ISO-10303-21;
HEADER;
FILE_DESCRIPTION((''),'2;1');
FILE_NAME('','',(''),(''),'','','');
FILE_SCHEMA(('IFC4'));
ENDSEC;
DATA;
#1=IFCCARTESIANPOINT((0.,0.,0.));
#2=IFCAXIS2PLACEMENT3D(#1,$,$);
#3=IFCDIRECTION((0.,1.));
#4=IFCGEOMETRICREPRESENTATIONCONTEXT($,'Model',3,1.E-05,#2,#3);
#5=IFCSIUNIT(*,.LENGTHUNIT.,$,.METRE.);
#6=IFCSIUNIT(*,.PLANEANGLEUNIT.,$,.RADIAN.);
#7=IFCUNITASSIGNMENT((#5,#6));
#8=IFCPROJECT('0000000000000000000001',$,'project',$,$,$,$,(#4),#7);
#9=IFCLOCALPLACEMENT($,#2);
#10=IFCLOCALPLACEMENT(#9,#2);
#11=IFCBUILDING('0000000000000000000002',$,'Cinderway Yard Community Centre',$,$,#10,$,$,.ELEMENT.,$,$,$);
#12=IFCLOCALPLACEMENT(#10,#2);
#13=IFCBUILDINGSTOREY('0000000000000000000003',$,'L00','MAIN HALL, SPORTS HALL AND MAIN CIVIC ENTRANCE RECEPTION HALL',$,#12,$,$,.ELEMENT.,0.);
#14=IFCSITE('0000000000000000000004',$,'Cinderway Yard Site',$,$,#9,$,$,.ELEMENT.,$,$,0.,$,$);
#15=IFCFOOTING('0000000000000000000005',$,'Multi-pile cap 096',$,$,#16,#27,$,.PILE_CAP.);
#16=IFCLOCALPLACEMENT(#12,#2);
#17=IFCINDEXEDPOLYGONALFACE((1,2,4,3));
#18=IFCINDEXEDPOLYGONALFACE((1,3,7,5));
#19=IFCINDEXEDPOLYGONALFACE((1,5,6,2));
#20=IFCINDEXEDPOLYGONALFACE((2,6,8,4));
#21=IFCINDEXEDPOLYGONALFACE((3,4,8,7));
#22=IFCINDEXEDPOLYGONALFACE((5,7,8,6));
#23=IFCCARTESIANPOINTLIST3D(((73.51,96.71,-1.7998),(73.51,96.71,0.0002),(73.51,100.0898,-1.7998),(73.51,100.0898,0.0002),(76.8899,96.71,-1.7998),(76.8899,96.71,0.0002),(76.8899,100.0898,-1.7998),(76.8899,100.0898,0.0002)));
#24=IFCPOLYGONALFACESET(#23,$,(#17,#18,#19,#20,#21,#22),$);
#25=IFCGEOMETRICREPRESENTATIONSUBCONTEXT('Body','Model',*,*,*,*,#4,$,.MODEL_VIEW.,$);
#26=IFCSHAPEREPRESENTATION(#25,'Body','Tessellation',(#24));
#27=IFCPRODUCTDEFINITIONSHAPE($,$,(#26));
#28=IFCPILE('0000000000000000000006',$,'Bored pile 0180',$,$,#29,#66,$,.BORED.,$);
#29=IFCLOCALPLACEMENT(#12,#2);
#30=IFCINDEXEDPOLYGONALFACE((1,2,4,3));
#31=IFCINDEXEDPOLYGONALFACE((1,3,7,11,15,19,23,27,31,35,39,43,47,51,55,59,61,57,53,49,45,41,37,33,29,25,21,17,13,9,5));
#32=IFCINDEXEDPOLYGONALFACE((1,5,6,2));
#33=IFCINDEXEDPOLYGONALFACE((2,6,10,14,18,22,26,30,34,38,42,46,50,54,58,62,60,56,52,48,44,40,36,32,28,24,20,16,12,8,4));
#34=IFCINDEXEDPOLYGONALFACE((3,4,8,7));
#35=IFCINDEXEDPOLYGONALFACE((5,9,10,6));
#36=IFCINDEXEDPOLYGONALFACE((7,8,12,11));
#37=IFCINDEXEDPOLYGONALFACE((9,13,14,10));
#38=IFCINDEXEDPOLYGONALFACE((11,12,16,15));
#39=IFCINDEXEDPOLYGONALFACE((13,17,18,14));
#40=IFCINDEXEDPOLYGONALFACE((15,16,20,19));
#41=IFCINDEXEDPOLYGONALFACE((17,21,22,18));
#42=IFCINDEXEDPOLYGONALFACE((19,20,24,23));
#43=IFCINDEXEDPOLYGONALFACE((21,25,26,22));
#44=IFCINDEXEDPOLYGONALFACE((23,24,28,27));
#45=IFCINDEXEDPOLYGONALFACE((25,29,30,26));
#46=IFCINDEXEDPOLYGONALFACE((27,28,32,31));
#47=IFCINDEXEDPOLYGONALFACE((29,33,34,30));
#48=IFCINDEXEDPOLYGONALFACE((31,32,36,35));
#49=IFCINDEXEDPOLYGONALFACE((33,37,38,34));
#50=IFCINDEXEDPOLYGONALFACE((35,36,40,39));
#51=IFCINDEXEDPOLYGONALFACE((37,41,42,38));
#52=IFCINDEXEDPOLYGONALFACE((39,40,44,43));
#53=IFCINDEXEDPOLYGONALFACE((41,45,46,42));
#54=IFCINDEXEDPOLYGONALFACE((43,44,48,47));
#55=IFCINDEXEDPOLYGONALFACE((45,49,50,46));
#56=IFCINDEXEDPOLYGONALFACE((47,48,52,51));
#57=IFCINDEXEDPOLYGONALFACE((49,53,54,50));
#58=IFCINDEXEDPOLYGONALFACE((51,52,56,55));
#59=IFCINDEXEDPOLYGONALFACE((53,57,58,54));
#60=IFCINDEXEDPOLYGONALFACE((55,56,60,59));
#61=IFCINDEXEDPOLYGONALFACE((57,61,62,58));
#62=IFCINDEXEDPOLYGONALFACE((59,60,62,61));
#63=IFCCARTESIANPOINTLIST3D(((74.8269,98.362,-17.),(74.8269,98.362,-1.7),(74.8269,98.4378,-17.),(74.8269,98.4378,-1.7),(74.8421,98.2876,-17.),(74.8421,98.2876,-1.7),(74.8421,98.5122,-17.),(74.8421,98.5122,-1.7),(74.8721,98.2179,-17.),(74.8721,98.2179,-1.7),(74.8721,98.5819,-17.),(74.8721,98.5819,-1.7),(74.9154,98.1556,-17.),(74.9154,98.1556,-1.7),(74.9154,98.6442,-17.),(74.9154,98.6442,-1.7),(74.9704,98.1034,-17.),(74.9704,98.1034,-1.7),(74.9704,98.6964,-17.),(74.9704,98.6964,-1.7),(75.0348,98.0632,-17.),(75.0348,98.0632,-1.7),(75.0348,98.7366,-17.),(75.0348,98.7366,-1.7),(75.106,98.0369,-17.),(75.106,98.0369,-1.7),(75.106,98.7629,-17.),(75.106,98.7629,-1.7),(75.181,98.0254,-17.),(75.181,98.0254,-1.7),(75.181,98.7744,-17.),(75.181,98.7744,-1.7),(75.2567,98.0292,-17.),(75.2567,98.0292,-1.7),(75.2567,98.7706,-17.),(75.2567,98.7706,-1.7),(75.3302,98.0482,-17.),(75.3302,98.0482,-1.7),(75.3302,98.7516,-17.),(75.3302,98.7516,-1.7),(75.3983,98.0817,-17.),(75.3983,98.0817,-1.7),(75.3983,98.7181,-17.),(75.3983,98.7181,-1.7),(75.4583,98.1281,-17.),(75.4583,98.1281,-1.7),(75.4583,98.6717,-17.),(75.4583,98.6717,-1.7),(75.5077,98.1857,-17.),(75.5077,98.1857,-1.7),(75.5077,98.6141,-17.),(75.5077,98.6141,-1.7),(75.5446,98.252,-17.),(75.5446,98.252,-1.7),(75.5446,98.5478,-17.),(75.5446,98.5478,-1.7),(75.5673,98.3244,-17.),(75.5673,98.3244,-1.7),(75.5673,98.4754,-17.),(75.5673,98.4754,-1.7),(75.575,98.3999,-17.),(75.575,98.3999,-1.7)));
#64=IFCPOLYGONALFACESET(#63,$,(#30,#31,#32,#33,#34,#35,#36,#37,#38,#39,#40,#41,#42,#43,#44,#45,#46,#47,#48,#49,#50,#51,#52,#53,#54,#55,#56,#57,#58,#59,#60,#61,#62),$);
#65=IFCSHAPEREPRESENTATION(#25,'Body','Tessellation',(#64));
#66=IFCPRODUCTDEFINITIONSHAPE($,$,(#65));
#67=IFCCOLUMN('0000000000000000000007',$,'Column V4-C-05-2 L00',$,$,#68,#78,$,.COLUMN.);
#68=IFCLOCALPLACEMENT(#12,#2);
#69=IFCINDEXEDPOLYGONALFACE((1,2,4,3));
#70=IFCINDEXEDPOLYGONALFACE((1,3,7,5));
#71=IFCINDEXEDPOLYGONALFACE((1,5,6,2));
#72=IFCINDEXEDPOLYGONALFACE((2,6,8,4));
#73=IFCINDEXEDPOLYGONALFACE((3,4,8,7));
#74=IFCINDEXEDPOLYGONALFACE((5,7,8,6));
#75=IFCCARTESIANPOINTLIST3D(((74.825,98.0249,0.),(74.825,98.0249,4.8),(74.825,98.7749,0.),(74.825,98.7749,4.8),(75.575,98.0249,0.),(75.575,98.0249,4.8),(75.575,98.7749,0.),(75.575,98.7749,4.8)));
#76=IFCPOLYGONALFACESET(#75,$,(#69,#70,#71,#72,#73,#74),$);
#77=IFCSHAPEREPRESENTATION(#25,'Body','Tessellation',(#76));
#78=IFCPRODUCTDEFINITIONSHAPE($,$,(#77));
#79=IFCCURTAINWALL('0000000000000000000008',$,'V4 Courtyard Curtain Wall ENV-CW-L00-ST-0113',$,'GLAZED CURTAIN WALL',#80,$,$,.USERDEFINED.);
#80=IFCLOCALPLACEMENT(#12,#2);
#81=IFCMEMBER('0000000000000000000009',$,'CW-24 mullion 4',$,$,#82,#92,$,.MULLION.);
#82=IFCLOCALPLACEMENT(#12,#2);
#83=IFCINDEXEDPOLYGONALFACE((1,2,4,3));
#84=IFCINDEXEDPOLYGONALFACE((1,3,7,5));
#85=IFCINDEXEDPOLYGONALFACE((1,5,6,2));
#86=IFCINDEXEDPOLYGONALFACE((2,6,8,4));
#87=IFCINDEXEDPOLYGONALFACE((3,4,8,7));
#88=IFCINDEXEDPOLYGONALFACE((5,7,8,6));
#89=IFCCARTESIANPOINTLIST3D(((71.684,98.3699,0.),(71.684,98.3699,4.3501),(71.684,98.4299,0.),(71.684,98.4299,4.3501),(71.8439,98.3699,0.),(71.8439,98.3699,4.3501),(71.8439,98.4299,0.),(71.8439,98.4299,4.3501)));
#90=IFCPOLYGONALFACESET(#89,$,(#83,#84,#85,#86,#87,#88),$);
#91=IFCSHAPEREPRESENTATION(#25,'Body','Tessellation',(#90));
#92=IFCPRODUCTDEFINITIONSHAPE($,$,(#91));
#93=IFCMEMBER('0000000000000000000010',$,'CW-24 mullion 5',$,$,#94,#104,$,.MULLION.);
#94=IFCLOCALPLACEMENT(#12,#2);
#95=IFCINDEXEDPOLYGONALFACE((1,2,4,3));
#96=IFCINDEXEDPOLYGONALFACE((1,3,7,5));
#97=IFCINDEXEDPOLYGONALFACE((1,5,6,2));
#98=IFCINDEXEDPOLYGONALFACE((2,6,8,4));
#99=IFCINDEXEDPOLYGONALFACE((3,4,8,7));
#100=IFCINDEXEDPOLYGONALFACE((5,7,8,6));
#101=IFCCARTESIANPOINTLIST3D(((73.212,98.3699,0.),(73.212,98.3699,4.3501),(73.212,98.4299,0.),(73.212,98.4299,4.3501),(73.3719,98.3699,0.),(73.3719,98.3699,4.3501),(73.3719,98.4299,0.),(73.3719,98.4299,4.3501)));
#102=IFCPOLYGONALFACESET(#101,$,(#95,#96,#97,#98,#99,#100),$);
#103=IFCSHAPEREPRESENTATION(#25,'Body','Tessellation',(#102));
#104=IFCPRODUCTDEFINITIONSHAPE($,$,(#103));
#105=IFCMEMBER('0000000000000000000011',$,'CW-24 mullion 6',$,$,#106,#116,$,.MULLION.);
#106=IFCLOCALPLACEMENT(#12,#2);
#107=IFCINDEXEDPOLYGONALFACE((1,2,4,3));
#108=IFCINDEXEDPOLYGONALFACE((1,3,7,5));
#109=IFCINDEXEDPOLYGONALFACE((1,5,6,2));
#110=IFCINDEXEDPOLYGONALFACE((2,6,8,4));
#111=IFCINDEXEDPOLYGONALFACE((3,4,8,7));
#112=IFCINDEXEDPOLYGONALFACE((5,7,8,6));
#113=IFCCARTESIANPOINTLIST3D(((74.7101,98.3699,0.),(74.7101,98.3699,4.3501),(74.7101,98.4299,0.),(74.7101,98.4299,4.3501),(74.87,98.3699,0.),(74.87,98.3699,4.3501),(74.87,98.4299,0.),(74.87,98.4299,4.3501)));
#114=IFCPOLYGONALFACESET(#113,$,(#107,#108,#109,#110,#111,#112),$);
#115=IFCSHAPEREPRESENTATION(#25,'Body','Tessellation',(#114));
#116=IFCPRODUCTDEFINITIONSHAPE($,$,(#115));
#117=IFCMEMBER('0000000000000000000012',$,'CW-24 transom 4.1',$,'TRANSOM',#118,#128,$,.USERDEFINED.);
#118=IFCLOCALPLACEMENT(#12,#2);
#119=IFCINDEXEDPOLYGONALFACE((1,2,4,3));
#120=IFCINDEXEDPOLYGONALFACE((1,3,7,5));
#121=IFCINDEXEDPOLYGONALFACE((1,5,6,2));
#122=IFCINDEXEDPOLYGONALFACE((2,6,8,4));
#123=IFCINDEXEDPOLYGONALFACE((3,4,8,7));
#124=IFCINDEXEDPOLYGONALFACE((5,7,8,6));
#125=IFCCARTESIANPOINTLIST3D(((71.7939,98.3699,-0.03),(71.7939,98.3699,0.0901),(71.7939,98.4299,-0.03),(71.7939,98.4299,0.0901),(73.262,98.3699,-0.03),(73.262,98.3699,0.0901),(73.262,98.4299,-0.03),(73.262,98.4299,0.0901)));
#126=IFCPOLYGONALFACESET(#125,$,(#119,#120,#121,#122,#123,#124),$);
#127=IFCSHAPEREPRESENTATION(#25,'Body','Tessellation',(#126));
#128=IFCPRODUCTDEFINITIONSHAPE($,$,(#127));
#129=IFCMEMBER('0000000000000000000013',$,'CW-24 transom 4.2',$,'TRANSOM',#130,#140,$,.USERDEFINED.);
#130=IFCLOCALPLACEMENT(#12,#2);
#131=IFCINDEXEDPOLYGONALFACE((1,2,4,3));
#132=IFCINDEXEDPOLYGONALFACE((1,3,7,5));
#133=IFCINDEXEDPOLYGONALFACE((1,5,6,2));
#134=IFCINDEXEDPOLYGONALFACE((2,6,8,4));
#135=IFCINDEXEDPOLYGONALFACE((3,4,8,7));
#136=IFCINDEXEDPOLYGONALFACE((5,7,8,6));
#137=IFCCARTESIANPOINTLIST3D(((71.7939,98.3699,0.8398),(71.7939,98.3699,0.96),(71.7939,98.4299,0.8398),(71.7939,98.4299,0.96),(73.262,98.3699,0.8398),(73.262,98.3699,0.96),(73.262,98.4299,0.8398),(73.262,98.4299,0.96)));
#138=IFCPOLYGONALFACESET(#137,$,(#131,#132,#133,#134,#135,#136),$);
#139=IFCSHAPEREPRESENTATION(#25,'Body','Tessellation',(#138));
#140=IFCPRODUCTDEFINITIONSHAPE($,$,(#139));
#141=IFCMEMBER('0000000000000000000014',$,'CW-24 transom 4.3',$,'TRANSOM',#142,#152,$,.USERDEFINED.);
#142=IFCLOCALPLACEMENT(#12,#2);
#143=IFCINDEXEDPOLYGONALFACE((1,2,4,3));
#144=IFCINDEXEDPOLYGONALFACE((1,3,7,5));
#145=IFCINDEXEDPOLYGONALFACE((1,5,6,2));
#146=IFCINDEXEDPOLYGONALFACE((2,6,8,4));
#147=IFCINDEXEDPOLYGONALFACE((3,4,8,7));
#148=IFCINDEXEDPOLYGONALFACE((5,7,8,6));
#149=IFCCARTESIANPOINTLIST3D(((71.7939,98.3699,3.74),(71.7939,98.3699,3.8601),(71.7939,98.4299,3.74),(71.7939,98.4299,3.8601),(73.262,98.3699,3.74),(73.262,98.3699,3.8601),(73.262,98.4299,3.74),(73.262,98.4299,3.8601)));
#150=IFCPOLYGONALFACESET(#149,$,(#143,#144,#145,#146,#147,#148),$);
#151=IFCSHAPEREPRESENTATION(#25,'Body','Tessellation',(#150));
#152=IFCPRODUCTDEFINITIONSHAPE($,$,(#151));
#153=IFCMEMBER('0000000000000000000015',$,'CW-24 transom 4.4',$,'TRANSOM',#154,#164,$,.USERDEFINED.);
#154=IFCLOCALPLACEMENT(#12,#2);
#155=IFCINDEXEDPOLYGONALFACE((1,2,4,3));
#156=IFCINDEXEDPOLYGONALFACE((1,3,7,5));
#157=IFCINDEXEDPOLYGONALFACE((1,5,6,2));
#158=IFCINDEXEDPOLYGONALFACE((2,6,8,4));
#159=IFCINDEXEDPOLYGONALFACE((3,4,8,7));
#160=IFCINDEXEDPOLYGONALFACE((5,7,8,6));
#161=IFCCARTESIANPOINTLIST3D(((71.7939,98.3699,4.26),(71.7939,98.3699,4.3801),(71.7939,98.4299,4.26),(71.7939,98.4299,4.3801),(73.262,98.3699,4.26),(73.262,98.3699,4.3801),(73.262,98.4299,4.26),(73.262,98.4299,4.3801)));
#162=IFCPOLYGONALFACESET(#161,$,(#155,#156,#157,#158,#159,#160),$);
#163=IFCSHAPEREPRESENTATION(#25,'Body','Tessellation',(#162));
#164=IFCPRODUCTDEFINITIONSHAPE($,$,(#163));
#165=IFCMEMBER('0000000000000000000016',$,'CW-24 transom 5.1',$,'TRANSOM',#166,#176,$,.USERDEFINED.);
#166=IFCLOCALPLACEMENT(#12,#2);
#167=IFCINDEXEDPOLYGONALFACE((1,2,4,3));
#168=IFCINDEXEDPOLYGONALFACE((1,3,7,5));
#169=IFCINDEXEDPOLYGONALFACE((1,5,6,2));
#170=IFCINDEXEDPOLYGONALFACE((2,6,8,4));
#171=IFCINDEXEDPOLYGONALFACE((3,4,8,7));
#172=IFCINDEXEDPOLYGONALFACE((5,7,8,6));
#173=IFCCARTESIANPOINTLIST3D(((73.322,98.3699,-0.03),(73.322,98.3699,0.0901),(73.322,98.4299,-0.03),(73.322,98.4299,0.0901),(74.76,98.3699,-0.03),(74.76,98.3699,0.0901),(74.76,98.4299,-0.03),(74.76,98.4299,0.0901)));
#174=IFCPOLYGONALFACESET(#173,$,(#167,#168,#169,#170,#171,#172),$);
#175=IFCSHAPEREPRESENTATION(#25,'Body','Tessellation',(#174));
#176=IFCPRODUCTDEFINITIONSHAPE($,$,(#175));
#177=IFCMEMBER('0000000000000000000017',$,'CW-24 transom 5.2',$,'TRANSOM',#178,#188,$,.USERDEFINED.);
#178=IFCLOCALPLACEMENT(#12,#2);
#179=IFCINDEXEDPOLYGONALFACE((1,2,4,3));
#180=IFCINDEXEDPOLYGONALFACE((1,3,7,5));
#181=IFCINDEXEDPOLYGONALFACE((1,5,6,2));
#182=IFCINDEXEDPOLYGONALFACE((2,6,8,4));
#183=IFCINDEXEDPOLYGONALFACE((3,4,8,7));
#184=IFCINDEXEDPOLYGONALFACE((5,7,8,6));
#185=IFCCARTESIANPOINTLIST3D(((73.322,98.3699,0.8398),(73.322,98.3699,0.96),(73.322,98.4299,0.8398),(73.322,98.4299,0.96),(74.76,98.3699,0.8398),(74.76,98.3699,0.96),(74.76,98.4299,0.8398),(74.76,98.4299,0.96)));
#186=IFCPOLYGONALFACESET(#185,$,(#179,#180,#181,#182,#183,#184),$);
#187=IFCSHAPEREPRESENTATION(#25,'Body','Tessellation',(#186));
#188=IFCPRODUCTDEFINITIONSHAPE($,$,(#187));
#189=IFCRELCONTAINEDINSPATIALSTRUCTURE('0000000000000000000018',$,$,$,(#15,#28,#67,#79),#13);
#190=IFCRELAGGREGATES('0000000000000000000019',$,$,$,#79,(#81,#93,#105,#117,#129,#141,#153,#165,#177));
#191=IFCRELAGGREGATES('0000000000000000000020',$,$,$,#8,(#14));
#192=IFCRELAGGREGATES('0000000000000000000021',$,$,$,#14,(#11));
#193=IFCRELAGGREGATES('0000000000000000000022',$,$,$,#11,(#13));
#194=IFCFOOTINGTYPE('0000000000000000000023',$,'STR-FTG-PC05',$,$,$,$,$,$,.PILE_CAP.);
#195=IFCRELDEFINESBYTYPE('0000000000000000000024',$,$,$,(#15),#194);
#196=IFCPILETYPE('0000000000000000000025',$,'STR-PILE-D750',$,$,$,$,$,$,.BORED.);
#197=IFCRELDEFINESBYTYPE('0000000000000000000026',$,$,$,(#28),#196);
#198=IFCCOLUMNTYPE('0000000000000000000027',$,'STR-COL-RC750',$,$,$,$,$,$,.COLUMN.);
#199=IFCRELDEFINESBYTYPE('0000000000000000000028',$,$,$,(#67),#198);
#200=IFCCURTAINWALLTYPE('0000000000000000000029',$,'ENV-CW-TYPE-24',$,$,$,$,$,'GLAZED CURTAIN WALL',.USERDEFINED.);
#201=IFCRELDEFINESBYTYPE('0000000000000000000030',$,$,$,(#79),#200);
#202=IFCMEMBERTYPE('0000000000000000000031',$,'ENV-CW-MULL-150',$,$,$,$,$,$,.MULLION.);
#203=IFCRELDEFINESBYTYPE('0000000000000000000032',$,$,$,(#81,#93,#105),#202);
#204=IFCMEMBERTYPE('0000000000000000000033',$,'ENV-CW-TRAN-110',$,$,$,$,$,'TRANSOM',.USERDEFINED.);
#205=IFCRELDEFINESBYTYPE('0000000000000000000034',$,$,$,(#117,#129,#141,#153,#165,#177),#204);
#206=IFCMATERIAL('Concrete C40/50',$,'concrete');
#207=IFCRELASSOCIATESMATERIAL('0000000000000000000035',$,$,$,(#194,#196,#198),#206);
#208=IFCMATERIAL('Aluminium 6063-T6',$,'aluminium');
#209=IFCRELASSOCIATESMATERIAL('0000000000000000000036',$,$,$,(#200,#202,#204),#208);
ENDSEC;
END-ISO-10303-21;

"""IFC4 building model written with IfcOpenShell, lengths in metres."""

from ifc_helpers import new_model, si_unit, direction, frame, origin, origin_2d, place, context, subcontext, project, spatial, rectangle, circle, extrude, material, material_profile, profile_set, type_object, element, aggregate, save


model = new_model("IFC4")

# Units and contexts
model_context = context("Model", 3, precision=1e-05, world=origin(), true_north=direction((0.0, 1.0)))
body_context = subcontext(model_context, "Body", "Model", "MODEL_VIEW")
ifc_project = project(units=[si_unit("LENGTHUNIT", "METRE"), si_unit("PLANEANGLEUNIT", "RADIAN")], contexts=[model_context])

# Site, building, storey
site_placement = place(None, origin())
site = spatial("IfcSite", under=ifc_project, at=site_placement, Name="Cinderway Yard Site", CompositionType="ELEMENT", RefElevation=0.0)
building_placement = place(site_placement, origin())
building = spatial("IfcBuilding", under=site, at=building_placement, Name="Cinderway Yard Community Centre", CompositionType="ELEMENT")
storey_placement = place(building_placement, origin())
storey = spatial("IfcBuildingStorey", under=building, at=storey_placement, Name="L00", Description="MAIN HALL, SPORTS HALL AND MAIN CIVIC ENTRANCE RECEPTION HALL", CompositionType="ELEMENT", Elevation=0.0)

# Footing
ifc_material_1 = material(Name="Concrete C40/50", Category="concrete")
footing_type = type_object("IfcFootingType", Name="STR-FTG-PC05", PredefinedType="PILE_CAP", material=ifc_material_1)
footing_placement = place(storey_placement, frame((75.2, 98.3999, -1.7998), z_axis=(0.0, 0.0, 1.0), x_axis=(1.0, 0.0, 0.0)))
element("IfcFooting", 1, at=footing_placement, inside=storey, type_object=footing_type, Name="Multi-pile cap 096", PredefinedType="PILE_CAP", context=body_context, shape_type="SweptSolid", body=[
    extrude(rectangle(XDim=3.3799, YDim=3.3799, at=origin_2d()), origin(), (0.0, 0.0, 1.0), 1.8),
])

# Pile
ifc_material_profile_1 = material_profile(ifc_material_1, circle(Radius=0.375, at=origin_2d()), Name="Concrete C40/50")
ifc_profile_set_1 = profile_set([ifc_material_profile_1], Name="Concrete C40/50")
pile_type = type_object("IfcPileType", Name="STR-PILE-D750", PredefinedType="BORED", material=ifc_profile_set_1)
pile_placement = place(storey_placement, frame((75.2, 98.3999, -1.7), z_axis=(0.0, 0.0, -1.0), x_axis=(1.0, 0.0, 0.0)))
element("IfcPile", 2, at=pile_placement, inside=storey, type_object=pile_type, Name="Bored pile 0180", PredefinedType="BORED", context=body_context, shape_type="SweptSolid", body=[
    extrude(circle(Radius=0.375, at=origin_2d()), origin(), (0.0, 0.0, 1.0), 15.3),
])

# Column
ifc_material_profile_2 = material_profile(ifc_material_1, rectangle(XDim=0.75, YDim=0.75, at=origin_2d()), Name="Concrete C40/50")
ifc_profile_set_2 = profile_set([ifc_material_profile_2], Name="Concrete C40/50")
column_type = type_object("IfcColumnType", Name="STR-COL-RC750", PredefinedType="COLUMN", material=ifc_profile_set_2)
column_placement = place(storey_placement, frame((75.2, 98.3999, 0.0), z_axis=(0.0, 0.0, 1.0), x_axis=(1.0, 0.0, 0.0)))
element("IfcColumn", 3, at=column_placement, inside=storey, type_object=column_type, Name="Column V4-C-05-2 L00", PredefinedType="COLUMN", context=body_context, shape_type="SweptSolid", body=[
    extrude(rectangle(XDim=0.75, YDim=0.75, at=origin_2d()), origin(), (0.0, 0.0, 1.0), 4.8),
])

# Curtain wall, members
ifc_material_2 = material(Name="Aluminium 6063-T6", Category="aluminium")
curtain_wall_type = type_object("IfcCurtainWallType", Name="ENV-CW-TYPE-24", ElementType="GLAZED CURTAIN WALL", PredefinedType="USERDEFINED", material=ifc_material_2)
curtain_wall_placement = place(storey_placement, origin())
curtain_wall = element("IfcCurtainWall", 4, at=curtain_wall_placement, inside=storey, type_object=curtain_wall_type, Name="V4 Courtyard Curtain Wall ENV-CW-L00-ST-0113", ObjectType="GLAZED CURTAIN WALL", PredefinedType="USERDEFINED")
ifc_material_profile_3 = material_profile(ifc_material_2, rectangle(XDim=0.0601, YDim=0.1599, at=origin_2d()), Name="Aluminium 6063-T6")
ifc_profile_set_3 = profile_set([ifc_material_profile_3], Name="Aluminium 6063-T6")
member_type_1 = type_object("IfcMemberType", Name="ENV-CW-MULL-150", PredefinedType="MULLION", material=ifc_profile_set_3)
member_1_placement = place(storey_placement, frame((71.7639, 98.3999, 0.0), z_axis=(0.0, 0.0, 1.0), x_axis=(0.0, 1.0, 0.0)))
member_1 = element("IfcMember", 5, at=member_1_placement, type_object=member_type_1, Name="CW-24 mullion 4", PredefinedType="MULLION", context=body_context, shape_type="SweptSolid", body=[
    extrude(rectangle(XDim=0.0601, YDim=0.1599, at=origin_2d()), origin(), (0.0, 0.0, 1.0), 4.3501),
])
member_2_placement = place(storey_placement, frame((73.292, 98.3999, 0.0), z_axis=(0.0, 0.0, 1.0), x_axis=(0.0, 1.0, 0.0)))
member_2 = element("IfcMember", 6, at=member_2_placement, type_object=member_type_1, Name="CW-24 mullion 5", PredefinedType="MULLION", context=body_context, shape_type="SweptSolid", body=[
    extrude(rectangle(XDim=0.0601, YDim=0.1599, at=origin_2d()), origin(), (0.0, 0.0, 1.0), 4.3501),
])
member_3_placement = place(storey_placement, frame((74.79, 98.3999, 0.0), z_axis=(0.0, 0.0, 1.0), x_axis=(0.0, 1.0, 0.0)))
member_3 = element("IfcMember", 7, at=member_3_placement, type_object=member_type_1, Name="CW-24 mullion 6", PredefinedType="MULLION", context=body_context, shape_type="SweptSolid", body=[
    extrude(rectangle(XDim=0.0601, YDim=0.1599, at=origin_2d()), origin(), (0.0, 0.0, 1.0), 4.3501),
])
ifc_material_profile_4 = material_profile(ifc_material_2, rectangle(XDim=0.0601, YDim=0.1201, at=origin_2d()), Name="Aluminium 6063-T6")
ifc_profile_set_4 = profile_set([ifc_material_profile_4], Name="Aluminium 6063-T6")
member_type_2 = type_object("IfcMemberType", Name="ENV-CW-TRAN-110", ElementType="TRANSOM", PredefinedType="USERDEFINED", material=ifc_profile_set_4)
member_4_placement = place(storey_placement, frame((71.7939, 98.3999, 0.03), z_axis=(1.0, 0.0, 0.0), x_axis=(0.0, 1.0, 0.0)))
member_4 = element("IfcMember", 8, at=member_4_placement, type_object=member_type_2, Name="CW-24 transom 4.1", ObjectType="TRANSOM", PredefinedType="USERDEFINED", context=body_context, shape_type="SweptSolid", body=[
    extrude(rectangle(XDim=0.0601, YDim=0.1201, at=origin_2d()), origin(), (0.0, 0.0, 1.0), 1.468),
])
member_5_placement = place(storey_placement, frame((71.7939, 98.3999, 0.8999), z_axis=(1.0, 0.0, 0.0), x_axis=(0.0, 1.0, 0.0)))
member_5 = element("IfcMember", 9, at=member_5_placement, type_object=member_type_2, Name="CW-24 transom 4.2", ObjectType="TRANSOM", PredefinedType="USERDEFINED", context=body_context, shape_type="SweptSolid", body=[
    extrude(rectangle(XDim=0.0601, YDim=0.1201, at=origin_2d()), origin(), (0.0, 0.0, 1.0), 1.468),
])
member_6_placement = place(storey_placement, frame((71.7939, 98.3999, 3.8), z_axis=(1.0, 0.0, 0.0), x_axis=(0.0, 1.0, 0.0)))
member_6 = element("IfcMember", 10, at=member_6_placement, type_object=member_type_2, Name="CW-24 transom 4.3", ObjectType="TRANSOM", PredefinedType="USERDEFINED", context=body_context, shape_type="SweptSolid", body=[
    extrude(rectangle(XDim=0.0601, YDim=0.1201, at=origin_2d()), origin(), (0.0, 0.0, 1.0), 1.468),
])
member_7_placement = place(storey_placement, frame((71.7939, 98.3999, 4.3201), z_axis=(1.0, 0.0, 0.0), x_axis=(0.0, 1.0, 0.0)))
member_7 = element("IfcMember", 11, at=member_7_placement, type_object=member_type_2, Name="CW-24 transom 4.4", ObjectType="TRANSOM", PredefinedType="USERDEFINED", context=body_context, shape_type="SweptSolid", body=[
    extrude(rectangle(XDim=0.0601, YDim=0.1201, at=origin_2d()), origin(), (0.0, 0.0, 1.0), 1.468),
])
member_8_placement = place(storey_placement, frame((73.322, 98.3999, 0.03), z_axis=(1.0, 0.0, 0.0), x_axis=(0.0, 1.0, 0.0)))
member_8 = element("IfcMember", 12, at=member_8_placement, type_object=member_type_2, Name="CW-24 transom 5.1", ObjectType="TRANSOM", PredefinedType="USERDEFINED", context=body_context, shape_type="SweptSolid", body=[
    extrude(rectangle(XDim=0.0601, YDim=0.1201, at=origin_2d()), origin(), (0.0, 0.0, 1.0), 1.438),
])
member_9_placement = place(storey_placement, frame((73.322, 98.3999, 0.8999), z_axis=(1.0, 0.0, 0.0), x_axis=(0.0, 1.0, 0.0)))
member_9 = element("IfcMember", 13, at=member_9_placement, type_object=member_type_2, Name="CW-24 transom 5.2", ObjectType="TRANSOM", PredefinedType="USERDEFINED", context=body_context, shape_type="SweptSolid", body=[
    extrude(rectangle(XDim=0.0601, YDim=0.1201, at=origin_2d()), origin(), (0.0, 0.0, 1.0), 1.438),
])
aggregate(curtain_wall, [member_1, member_2, member_3, member_4, member_5, member_6, member_7, member_8, member_9])

save(model, "model.ifc")
